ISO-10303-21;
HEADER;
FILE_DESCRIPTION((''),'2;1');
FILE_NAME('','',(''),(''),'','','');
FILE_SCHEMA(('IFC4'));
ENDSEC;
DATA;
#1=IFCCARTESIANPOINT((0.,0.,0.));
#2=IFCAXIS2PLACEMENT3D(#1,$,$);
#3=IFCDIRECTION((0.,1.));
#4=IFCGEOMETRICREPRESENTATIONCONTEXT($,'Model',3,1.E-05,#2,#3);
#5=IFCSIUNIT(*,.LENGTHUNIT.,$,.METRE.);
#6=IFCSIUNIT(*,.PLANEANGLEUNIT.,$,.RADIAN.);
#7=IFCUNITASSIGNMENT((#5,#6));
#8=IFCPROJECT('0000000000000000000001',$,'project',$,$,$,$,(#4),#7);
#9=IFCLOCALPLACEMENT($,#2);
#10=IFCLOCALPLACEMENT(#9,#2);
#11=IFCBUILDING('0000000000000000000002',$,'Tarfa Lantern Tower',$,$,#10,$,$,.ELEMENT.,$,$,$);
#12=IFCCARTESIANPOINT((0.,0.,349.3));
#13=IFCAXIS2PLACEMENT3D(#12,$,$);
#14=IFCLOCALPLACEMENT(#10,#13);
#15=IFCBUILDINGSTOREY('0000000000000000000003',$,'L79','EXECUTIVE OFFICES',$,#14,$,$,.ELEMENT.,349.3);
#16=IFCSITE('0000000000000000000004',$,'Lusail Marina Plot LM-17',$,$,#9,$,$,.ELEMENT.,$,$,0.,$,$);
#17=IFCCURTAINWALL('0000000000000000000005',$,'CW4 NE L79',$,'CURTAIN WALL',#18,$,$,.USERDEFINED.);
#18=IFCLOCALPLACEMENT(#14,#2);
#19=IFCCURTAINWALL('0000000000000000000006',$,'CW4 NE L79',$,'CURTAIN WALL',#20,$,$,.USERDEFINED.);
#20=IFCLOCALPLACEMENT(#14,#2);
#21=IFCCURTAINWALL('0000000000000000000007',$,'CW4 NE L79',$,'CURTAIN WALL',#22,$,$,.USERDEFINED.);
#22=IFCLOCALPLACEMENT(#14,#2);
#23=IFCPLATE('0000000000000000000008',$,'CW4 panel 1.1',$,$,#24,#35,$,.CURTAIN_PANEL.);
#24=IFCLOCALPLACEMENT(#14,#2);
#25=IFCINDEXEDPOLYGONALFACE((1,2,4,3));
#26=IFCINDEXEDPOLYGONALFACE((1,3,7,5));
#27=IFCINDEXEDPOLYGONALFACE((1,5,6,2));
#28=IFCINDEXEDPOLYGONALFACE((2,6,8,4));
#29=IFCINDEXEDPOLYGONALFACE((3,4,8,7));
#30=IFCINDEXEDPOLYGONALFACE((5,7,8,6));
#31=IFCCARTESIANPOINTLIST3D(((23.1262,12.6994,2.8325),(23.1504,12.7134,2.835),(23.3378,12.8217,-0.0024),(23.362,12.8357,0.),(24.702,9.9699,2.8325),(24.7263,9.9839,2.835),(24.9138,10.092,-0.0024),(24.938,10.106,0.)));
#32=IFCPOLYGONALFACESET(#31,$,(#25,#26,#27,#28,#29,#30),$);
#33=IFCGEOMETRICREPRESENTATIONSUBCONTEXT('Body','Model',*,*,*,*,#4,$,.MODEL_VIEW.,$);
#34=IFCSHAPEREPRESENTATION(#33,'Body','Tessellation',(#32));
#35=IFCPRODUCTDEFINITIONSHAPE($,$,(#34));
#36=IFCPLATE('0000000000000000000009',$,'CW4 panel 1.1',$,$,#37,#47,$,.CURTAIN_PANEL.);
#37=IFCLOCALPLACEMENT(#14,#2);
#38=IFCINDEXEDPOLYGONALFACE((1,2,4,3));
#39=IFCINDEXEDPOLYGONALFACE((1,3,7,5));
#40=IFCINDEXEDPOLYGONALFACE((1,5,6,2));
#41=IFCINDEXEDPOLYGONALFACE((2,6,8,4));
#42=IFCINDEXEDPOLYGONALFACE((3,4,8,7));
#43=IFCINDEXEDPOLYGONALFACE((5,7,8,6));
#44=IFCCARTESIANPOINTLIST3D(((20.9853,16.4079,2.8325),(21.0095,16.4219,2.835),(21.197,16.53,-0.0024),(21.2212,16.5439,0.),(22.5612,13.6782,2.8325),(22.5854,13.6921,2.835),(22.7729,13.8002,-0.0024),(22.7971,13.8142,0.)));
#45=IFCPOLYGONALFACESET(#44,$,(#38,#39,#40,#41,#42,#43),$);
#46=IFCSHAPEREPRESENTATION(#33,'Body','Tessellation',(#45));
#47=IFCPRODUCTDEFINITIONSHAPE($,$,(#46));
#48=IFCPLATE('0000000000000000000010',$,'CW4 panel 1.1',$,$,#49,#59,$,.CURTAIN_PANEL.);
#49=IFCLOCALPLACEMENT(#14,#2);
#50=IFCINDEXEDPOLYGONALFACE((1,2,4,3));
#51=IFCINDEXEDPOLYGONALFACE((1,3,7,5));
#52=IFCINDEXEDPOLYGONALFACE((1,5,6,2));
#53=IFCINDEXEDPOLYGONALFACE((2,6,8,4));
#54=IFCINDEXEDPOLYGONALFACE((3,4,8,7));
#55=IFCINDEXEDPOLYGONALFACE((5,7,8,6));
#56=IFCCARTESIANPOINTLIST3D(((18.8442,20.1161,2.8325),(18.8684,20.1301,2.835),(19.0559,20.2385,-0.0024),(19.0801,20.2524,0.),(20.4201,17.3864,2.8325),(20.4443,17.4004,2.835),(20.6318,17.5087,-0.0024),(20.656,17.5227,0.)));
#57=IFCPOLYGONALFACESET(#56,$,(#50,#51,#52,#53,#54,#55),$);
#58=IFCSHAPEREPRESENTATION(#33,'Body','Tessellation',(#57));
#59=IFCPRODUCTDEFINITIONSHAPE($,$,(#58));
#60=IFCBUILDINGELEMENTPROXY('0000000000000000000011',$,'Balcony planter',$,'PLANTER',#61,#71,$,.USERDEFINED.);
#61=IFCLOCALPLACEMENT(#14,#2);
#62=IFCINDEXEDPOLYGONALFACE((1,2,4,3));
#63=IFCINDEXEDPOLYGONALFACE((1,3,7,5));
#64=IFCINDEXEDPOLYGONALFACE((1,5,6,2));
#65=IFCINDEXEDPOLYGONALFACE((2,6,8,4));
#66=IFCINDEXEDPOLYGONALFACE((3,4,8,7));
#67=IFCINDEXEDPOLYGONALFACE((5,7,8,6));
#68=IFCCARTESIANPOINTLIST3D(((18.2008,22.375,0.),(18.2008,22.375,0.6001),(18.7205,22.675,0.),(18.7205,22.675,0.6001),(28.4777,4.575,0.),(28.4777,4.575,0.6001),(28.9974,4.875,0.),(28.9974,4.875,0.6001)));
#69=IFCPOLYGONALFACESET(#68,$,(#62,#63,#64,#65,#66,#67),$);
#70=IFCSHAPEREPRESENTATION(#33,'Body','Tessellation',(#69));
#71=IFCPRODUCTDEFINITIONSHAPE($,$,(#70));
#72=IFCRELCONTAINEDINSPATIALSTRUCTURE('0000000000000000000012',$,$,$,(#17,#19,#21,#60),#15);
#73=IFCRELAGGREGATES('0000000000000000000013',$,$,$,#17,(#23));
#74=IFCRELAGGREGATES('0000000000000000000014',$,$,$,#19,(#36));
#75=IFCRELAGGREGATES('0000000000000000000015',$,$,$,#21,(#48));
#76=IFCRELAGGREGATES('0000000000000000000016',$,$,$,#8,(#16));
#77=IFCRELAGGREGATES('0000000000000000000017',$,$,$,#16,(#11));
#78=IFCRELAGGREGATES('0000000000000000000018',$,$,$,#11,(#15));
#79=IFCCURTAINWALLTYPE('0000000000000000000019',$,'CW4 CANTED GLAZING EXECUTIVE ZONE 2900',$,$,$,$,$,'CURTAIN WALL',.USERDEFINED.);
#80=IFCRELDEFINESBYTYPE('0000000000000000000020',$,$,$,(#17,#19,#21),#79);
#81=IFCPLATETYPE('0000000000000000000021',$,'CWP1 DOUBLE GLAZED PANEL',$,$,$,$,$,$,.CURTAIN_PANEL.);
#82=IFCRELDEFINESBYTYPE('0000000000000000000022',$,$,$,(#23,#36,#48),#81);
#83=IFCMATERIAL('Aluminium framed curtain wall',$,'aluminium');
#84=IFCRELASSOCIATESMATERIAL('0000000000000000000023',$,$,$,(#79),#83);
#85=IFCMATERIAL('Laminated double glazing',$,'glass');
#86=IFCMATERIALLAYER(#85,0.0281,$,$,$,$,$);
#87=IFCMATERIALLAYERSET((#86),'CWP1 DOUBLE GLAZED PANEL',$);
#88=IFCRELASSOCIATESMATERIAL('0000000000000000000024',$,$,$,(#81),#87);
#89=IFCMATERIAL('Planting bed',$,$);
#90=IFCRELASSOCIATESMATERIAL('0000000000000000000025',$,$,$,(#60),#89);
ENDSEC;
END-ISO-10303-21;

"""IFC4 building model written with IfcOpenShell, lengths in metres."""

from ifc_helpers import new_model, si_unit, direction, frame, origin, origin_2d, place, context, subcontext, project, spatial, polyline, rectangle, outline, extrude, material, layer, layer_set, type_object, element, aggregate, save


model = new_model("IFC4")

# Units and contexts
model_context = context("Model", 3, precision=1e-05, world=origin(), true_north=direction((0.0, 1.0)))
body_context = subcontext(model_context, "Body", "Model", "MODEL_VIEW")
ifc_project = project(units=[si_unit("LENGTHUNIT", "METRE"), si_unit("PLANEANGLEUNIT", "RADIAN")], contexts=[model_context])

# Site, building, storey
site_placement = place(None, origin())
site = spatial("IfcSite", under=ifc_project, at=site_placement, Name="Lusail Marina Plot LM-17", CompositionType="ELEMENT", RefElevation=0.0)
building_placement = place(site_placement, origin())
building = spatial("IfcBuilding", under=site, at=building_placement, Name="Tarfa Lantern Tower", CompositionType="ELEMENT")
storey_placement = place(building_placement, frame((0.0, 0.0, 349.3)))
storey = spatial("IfcBuildingStorey", under=building, at=storey_placement, Name="L79", Description="EXECUTIVE OFFICES", CompositionType="ELEMENT", Elevation=349.3)

# Curtain walls
ifc_material_1 = material(Name="Aluminium framed curtain wall", Category="aluminium")
curtain_wall_type = type_object("IfcCurtainWallType", Name="CW4 CANTED GLAZING EXECUTIVE ZONE 2900", ElementType="CURTAIN WALL", PredefinedType="USERDEFINED", material=ifc_material_1)
curtain_wall_1_placement = place(storey_placement, origin())
curtain_wall_1 = element("IfcCurtainWall", 1, at=curtain_wall_1_placement, inside=storey, type_object=curtain_wall_type, Name="CW4 NE L79", ObjectType="CURTAIN WALL", PredefinedType="USERDEFINED")
curtain_wall_2_placement = place(storey_placement, origin())
curtain_wall_2 = element("IfcCurtainWall", 2, at=curtain_wall_2_placement, inside=storey, type_object=curtain_wall_type, Name="CW4 NE L79", ObjectType="CURTAIN WALL", PredefinedType="USERDEFINED")
curtain_wall_3_placement = place(storey_placement, origin())
curtain_wall_3 = element("IfcCurtainWall", 3, at=curtain_wall_3_placement, inside=storey, type_object=curtain_wall_type, Name="CW4 NE L79", ObjectType="CURTAIN WALL", PredefinedType="USERDEFINED")

# Plates
ifc_material_2 = material(Name="Laminated double glazing", Category="glass")
ifc_layer = layer(ifc_material_2, 0.0281)
ifc_layer_set = layer_set([ifc_layer], Name="CWP1 DOUBLE GLAZED PANEL")
plate_type = type_object("IfcPlateType", Name="CWP1 DOUBLE GLAZED PANEL", PredefinedType="CURTAIN_PANEL", material=ifc_layer_set)
plate_1_placement = place(storey_placement, frame((24.938, 10.106, 0.0), z_axis=(0.862827, 0.498148, 0.085893), x_axis=(-0.499996, 0.866028, -0.000002)))
plate_1 = element("IfcPlate", 4, at=plate_1_placement, type_object=plate_type, Name="CW4 panel 1.1", PredefinedType="CURTAIN_PANEL", context=body_context, shape_type="SweptSolid", body=[
    extrude(outline(polyline([(0.0, 0.0), (3.152, 0.0), (3.1519, 2.8455), (0.0001, 2.8455), (0.0, 0.0)])), origin(), (0.0, 0.0, -1.0), 0.0281),
])
aggregate(curtain_wall_1, [plate_1])
plate_2_placement = place(storey_placement, frame((22.7971, 13.8142, 0.0), z_axis=(0.862838, 0.498133, 0.085872), x_axis=(-0.499979, 0.866037, 0.0)))
plate_2 = element("IfcPlate", 5, at=plate_2_placement, type_object=plate_type, Name="CW4 panel 1.1", PredefinedType="CURTAIN_PANEL", context=body_context, shape_type="SweptSolid", body=[
    extrude(outline(polyline([(0.0, 0.0), (3.152, 0.0), (3.1521, 2.8455), (0.0001, 2.8455), (0.0, 0.0)])), origin(), (0.0, 0.0, -1.0), 0.0281),
])
aggregate(curtain_wall_2, [plate_2])
plate_3_placement = place(storey_placement, frame((20.656, 17.5227, 0.0), z_axis=(0.862835, 0.498131, 0.085915), x_axis=(-0.499979, 0.866037, 0.0)))
plate_3 = element("IfcPlate", 6, at=plate_3_placement, type_object=plate_type, Name="CW4 panel 1.1", PredefinedType="CURTAIN_PANEL", context=body_context, shape_type="SweptSolid", body=[
    extrude(outline(polyline([(0.0, 0.0), (3.152, 0.0), (3.1519, 2.8455), (-0.0001, 2.8455), (0.0, 0.0)])), origin(), (0.0, 0.0, -1.0), 0.0281),
])
aggregate(curtain_wall_3, [plate_3])

# Building element proxy
ifc_material_3 = material(Name="Planting bed")
proxy_placement = place(storey_placement, frame((23.5991, 13.625, 0.0), z_axis=(0.0, 0.0, 1.0), x_axis=(-0.5, 0.866025, 0.0)))
element("IfcBuildingElementProxy", 7, at=proxy_placement, inside=storey, material=ifc_material_3, Name="Balcony planter", ObjectType="PLANTER", PredefinedType="USERDEFINED", context=body_context, shape_type="SweptSolid", body=[
    extrude(rectangle(XDim=20.5537, YDim=0.6001, at=origin_2d()), origin(), (0.0, 0.0, 1.0), 0.6001),
])

save(model, "model.ifc")
